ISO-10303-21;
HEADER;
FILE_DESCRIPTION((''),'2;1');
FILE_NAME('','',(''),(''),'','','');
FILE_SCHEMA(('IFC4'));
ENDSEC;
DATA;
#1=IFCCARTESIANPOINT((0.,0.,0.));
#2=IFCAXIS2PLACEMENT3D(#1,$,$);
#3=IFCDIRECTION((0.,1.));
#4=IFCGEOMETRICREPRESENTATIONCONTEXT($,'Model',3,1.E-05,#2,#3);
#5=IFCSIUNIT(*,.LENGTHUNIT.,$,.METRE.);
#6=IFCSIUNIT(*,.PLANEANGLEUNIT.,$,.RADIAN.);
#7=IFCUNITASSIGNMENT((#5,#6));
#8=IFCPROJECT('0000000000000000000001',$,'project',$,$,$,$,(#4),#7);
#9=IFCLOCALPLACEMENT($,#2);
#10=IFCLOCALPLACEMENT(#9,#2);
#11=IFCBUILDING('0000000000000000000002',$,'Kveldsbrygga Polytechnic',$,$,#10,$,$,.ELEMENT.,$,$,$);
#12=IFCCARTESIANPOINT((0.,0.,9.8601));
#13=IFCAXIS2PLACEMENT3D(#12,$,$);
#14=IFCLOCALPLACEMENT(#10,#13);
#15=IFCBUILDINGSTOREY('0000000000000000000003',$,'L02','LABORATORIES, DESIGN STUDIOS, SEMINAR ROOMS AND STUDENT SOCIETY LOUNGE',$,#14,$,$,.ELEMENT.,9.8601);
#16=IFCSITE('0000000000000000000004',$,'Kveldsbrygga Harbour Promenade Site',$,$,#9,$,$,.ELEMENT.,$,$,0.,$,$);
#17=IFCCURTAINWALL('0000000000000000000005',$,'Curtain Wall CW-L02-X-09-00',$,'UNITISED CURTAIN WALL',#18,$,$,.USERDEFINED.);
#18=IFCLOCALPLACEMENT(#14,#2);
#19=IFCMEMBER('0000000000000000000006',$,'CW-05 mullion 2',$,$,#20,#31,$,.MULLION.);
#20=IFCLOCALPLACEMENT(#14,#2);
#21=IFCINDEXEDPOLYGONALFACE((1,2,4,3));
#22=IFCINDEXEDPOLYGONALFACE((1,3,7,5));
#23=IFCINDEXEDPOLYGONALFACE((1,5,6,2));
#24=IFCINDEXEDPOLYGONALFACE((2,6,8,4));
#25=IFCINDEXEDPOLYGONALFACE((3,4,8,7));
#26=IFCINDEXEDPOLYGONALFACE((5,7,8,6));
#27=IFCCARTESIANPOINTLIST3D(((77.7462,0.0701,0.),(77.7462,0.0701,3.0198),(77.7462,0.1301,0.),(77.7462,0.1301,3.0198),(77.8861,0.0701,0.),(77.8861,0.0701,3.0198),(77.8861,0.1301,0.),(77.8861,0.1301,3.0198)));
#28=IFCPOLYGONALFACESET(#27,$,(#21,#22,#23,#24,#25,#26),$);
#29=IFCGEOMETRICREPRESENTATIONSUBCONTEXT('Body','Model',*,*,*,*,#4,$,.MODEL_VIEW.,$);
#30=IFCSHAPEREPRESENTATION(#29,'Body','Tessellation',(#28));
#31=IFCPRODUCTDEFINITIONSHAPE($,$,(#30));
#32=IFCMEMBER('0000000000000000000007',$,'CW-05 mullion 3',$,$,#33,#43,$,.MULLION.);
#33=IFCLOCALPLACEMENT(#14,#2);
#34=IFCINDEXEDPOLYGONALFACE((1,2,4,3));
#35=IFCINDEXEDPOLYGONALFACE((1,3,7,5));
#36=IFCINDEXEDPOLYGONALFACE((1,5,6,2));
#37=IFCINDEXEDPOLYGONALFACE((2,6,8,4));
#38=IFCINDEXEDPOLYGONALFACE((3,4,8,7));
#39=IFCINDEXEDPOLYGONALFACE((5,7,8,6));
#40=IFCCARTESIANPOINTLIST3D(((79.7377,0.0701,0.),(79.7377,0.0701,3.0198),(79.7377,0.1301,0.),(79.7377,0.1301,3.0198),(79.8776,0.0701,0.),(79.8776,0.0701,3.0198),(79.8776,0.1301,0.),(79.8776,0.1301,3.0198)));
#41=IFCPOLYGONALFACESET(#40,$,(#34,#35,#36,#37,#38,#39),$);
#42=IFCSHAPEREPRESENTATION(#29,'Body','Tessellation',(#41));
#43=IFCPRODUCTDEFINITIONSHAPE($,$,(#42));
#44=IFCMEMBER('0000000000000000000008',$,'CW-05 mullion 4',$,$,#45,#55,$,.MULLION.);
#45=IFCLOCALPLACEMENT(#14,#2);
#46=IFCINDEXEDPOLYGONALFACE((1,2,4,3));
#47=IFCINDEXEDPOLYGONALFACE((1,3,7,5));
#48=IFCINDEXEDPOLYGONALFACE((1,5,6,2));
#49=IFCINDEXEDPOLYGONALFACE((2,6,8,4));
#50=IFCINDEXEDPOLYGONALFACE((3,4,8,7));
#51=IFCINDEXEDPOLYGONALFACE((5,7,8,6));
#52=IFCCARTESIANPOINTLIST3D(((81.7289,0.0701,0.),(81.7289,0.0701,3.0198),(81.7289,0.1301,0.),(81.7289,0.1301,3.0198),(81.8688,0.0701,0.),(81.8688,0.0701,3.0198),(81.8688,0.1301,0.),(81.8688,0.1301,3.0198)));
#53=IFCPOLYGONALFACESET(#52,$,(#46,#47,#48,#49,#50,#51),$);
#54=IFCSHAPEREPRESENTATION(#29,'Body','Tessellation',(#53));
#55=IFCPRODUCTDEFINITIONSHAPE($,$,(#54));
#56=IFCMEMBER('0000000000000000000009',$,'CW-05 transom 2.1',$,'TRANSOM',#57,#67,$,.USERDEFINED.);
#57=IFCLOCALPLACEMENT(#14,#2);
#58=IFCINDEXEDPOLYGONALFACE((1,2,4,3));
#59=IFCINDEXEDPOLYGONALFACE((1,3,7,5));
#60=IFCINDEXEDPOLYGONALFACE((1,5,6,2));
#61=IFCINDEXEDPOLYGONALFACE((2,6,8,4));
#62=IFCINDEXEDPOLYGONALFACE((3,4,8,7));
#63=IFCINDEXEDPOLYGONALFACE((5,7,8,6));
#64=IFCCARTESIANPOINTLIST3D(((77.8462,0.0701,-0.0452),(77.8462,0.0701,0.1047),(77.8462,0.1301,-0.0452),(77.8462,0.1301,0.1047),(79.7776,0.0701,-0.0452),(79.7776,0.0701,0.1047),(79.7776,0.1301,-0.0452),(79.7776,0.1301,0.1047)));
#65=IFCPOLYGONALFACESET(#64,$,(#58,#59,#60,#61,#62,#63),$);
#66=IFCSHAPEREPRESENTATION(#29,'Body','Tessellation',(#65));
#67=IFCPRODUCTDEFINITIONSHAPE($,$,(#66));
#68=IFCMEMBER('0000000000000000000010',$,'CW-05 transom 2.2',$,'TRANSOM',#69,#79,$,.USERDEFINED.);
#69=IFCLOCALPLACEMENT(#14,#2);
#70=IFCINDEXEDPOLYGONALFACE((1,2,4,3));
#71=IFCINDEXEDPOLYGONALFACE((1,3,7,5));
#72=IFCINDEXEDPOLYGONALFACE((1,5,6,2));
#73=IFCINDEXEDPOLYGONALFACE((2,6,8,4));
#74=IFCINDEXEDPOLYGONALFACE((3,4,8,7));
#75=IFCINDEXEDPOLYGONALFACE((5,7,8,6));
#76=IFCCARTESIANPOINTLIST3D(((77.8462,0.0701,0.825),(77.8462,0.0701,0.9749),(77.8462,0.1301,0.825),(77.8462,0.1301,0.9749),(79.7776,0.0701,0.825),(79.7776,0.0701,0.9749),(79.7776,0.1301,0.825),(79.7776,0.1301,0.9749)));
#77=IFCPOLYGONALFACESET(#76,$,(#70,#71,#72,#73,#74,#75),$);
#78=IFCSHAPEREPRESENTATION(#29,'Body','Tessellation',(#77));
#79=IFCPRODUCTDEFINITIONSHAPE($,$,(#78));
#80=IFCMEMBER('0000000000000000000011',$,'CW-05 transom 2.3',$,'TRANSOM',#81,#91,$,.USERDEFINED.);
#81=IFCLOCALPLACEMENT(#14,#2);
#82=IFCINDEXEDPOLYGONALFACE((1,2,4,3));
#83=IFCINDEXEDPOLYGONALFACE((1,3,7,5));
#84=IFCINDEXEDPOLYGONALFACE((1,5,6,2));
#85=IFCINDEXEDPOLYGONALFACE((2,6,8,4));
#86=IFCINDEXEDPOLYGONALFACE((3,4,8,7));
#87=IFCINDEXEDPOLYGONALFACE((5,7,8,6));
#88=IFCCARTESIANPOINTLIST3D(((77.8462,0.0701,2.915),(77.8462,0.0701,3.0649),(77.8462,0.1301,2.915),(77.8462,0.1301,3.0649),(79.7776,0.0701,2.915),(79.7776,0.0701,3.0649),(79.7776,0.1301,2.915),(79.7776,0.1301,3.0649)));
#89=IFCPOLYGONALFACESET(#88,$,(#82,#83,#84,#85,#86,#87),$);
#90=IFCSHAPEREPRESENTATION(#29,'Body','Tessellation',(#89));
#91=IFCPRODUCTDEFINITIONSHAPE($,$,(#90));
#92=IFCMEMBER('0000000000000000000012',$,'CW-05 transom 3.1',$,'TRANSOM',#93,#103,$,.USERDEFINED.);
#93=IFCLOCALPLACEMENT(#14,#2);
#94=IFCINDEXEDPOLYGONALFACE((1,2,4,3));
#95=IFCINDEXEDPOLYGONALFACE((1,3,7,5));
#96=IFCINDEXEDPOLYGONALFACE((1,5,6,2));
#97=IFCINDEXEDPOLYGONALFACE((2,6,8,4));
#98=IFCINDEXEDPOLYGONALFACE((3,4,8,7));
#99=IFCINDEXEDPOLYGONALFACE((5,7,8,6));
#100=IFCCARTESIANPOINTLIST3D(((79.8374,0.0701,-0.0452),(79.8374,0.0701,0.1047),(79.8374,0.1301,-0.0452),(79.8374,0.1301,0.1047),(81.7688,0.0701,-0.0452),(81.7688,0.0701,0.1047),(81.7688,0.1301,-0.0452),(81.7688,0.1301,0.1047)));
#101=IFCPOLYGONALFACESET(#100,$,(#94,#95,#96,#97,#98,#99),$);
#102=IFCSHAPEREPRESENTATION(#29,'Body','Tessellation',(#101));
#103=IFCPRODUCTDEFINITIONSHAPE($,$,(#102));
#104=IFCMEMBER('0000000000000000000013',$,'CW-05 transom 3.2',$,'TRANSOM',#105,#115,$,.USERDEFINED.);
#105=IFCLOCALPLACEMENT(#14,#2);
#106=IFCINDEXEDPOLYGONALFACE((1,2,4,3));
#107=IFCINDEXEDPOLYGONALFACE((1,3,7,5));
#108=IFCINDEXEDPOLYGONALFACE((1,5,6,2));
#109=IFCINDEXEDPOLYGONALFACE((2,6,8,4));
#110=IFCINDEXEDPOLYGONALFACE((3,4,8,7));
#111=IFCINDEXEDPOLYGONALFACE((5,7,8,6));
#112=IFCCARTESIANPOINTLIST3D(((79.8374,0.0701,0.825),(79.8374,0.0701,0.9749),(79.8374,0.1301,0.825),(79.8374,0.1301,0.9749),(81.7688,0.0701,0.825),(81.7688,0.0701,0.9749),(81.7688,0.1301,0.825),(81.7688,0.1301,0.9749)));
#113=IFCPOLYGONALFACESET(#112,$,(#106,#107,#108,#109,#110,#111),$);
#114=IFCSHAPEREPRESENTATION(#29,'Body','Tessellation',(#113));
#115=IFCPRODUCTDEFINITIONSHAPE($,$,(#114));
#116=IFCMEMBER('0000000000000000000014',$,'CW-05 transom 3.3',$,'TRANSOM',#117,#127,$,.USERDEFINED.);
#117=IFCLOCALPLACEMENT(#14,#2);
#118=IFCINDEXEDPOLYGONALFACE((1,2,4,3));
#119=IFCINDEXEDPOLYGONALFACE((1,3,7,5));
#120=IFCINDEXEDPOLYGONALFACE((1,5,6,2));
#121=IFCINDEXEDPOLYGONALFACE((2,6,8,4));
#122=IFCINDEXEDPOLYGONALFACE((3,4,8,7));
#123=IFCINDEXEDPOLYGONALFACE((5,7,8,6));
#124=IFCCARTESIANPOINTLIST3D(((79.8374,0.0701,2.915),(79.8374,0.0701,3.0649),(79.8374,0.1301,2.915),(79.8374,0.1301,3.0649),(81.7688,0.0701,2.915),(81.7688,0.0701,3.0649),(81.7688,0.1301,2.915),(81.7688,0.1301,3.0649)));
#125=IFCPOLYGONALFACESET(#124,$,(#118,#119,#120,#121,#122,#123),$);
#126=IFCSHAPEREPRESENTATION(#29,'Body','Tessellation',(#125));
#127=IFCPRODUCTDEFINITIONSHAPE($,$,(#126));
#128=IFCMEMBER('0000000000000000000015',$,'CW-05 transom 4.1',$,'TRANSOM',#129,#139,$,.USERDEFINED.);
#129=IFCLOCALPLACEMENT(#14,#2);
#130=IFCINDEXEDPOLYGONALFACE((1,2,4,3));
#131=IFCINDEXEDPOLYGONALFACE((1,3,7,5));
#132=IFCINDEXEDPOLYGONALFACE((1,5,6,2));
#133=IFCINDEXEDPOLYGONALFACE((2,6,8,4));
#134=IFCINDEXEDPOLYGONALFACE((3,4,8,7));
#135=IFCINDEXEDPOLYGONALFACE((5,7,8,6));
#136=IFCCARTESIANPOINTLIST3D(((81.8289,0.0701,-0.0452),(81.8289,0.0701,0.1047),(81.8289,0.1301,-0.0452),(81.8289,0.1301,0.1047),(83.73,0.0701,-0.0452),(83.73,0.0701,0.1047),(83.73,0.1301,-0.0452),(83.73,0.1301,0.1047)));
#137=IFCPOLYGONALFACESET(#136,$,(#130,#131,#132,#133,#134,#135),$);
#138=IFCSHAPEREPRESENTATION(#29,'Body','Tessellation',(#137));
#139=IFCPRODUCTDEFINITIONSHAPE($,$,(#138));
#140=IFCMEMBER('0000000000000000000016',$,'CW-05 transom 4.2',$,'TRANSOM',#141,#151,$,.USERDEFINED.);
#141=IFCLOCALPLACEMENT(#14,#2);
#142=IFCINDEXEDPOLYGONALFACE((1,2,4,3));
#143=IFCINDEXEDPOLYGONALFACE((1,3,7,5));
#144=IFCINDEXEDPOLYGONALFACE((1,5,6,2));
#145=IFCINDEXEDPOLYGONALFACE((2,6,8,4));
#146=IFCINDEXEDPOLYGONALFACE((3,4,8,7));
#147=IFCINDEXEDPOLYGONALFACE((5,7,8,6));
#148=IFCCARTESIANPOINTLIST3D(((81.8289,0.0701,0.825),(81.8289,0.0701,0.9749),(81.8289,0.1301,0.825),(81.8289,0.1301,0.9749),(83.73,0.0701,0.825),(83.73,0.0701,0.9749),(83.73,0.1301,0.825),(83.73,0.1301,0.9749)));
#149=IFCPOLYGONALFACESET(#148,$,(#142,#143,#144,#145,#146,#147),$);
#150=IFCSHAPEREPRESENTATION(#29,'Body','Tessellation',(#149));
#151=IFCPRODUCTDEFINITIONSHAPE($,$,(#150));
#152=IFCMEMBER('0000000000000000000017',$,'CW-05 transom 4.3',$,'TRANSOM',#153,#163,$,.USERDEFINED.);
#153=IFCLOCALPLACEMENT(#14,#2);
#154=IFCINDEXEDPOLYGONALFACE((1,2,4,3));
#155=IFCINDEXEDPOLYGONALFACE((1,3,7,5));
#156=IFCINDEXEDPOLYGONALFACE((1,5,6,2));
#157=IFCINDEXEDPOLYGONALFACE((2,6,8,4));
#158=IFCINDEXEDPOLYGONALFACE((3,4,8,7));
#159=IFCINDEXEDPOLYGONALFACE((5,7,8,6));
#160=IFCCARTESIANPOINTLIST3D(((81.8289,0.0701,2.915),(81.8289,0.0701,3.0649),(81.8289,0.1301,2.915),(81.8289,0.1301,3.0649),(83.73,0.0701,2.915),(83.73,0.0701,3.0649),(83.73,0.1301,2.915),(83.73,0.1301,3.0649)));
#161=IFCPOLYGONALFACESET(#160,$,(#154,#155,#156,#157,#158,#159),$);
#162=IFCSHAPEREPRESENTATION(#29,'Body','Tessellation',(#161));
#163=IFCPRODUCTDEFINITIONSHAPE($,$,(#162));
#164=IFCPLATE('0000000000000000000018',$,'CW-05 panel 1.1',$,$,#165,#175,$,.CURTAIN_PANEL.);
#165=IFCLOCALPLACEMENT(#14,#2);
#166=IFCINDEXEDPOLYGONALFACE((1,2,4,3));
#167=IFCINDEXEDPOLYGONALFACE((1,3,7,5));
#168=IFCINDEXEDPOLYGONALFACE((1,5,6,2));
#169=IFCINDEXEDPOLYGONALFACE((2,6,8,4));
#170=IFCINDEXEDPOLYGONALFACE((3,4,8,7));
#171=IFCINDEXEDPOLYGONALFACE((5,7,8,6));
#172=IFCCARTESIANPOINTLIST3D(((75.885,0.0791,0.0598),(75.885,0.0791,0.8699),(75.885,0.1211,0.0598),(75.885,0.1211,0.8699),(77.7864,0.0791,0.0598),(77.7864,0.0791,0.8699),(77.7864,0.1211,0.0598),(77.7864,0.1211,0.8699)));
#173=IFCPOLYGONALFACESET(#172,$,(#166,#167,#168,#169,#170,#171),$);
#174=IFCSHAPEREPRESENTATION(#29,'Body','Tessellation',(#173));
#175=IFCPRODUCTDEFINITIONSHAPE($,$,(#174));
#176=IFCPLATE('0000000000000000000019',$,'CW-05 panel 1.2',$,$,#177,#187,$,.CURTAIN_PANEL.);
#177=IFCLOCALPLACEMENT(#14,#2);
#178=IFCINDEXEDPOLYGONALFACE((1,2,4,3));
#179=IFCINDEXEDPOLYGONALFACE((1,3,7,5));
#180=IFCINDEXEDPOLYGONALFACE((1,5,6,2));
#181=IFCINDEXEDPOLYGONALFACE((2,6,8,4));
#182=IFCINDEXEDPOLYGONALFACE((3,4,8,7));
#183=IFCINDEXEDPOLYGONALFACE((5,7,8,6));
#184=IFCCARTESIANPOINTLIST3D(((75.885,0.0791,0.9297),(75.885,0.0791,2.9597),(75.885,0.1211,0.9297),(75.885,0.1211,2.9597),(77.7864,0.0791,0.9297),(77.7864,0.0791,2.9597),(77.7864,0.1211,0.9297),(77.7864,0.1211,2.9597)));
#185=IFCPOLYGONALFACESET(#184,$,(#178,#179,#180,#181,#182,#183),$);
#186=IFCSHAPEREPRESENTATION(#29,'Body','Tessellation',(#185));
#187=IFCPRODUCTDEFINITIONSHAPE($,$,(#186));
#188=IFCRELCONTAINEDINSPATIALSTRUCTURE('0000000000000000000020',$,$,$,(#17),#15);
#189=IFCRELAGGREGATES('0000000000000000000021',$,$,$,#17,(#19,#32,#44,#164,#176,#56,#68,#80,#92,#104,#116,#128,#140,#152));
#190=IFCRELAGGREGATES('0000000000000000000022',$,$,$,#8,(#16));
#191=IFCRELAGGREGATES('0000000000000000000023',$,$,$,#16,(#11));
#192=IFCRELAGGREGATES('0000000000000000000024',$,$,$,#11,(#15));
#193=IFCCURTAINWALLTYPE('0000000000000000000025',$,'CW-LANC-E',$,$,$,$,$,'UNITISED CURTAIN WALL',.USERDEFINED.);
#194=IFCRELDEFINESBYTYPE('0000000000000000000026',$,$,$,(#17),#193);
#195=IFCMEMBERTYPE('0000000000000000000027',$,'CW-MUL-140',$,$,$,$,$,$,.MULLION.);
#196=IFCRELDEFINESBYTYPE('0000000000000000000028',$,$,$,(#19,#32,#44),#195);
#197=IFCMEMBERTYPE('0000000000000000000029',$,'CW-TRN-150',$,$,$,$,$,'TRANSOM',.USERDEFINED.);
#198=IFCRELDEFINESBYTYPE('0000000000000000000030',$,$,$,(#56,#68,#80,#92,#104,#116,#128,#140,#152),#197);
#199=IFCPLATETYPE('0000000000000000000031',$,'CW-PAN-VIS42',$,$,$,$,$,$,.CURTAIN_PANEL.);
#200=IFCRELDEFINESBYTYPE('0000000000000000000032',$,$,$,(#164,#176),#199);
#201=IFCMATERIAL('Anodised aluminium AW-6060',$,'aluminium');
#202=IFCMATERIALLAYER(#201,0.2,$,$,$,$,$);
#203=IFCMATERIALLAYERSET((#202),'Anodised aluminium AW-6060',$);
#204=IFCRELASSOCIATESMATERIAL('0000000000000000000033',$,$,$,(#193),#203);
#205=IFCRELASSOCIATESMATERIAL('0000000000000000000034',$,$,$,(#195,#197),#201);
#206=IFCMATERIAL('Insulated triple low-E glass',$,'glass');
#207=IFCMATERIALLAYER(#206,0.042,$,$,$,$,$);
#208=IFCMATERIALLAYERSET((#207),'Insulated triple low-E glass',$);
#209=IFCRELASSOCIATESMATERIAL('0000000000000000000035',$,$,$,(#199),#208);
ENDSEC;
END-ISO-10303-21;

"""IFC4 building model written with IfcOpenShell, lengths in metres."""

from ifc_helpers import new_model, si_unit, direction, frame, origin, origin_2d, place, context, subcontext, project, spatial, rectangle, extrude, material, layer, layer_set, material_profile, profile_set, type_object, element, aggregate, save


model = new_model("IFC4")

# Units and contexts
model_context = context("Model", 3, precision=1e-05, world=origin(), true_north=direction((0.0, 1.0)))
body_context = subcontext(model_context, "Body", "Model", "MODEL_VIEW")
ifc_project = project(units=[si_unit("LENGTHUNIT", "METRE"), si_unit("PLANEANGLEUNIT", "RADIAN")], contexts=[model_context])

# Site, building, storey
site_placement = place(None, origin())
site = spatial("IfcSite", under=ifc_project, at=site_placement, Name="Kveldsbrygga Harbour Promenade Site", CompositionType="ELEMENT", RefElevation=0.0)
building_placement = place(site_placement, origin())
building = spatial("IfcBuilding", under=site, at=building_placement, Name="Kveldsbrygga Polytechnic", CompositionType="ELEMENT")
storey_placement = place(building_placement, frame((0.0, 0.0, 9.8601)))
storey = spatial("IfcBuildingStorey", under=building, at=storey_placement, Name="L02", Description="LABORATORIES, DESIGN STUDIOS, SEMINAR ROOMS AND STUDENT SOCIETY LOUNGE", CompositionType="ELEMENT", Elevation=9.8601)

# Curtain wall, members, plates
ifc_material_1 = material(Name="Anodised aluminium AW-6060", Category="aluminium")
ifc_layer_1 = layer(ifc_material_1, 0.2)
ifc_layer_set_1 = layer_set([ifc_layer_1], Name="Anodised aluminium AW-6060")
curtain_wall_type = type_object("IfcCurtainWallType", Name="CW-LANC-E", ElementType="UNITISED CURTAIN WALL", PredefinedType="USERDEFINED", material=ifc_layer_set_1)
curtain_wall_placement = place(storey_placement, origin())
curtain_wall = element("IfcCurtainWall", 1, at=curtain_wall_placement, inside=storey, type_object=curtain_wall_type, Name="Curtain Wall CW-L02-X-09-00", ObjectType="UNITISED CURTAIN WALL", PredefinedType="USERDEFINED")
ifc_material_profile_1 = material_profile(ifc_material_1, rectangle(XDim=0.0601, YDim=0.1399, at=origin_2d()), Name="ALU 60x140")
ifc_profile_set_1 = profile_set([ifc_material_profile_1], Name="Anodised aluminium AW-6060")
member_type_1 = type_object("IfcMemberType", Name="CW-MUL-140", PredefinedType="MULLION", material=ifc_profile_set_1)
member_1_placement = place(storey_placement, frame((77.8162, 0.1001, 0.0), z_axis=(0.0, 0.0, 1.0), x_axis=(0.0, 1.0, 0.0)))
member_1 = element("IfcMember", 2, at=member_1_placement, type_object=member_type_1, Name="CW-05 mullion 2", PredefinedType="MULLION", context=body_context, shape_type="SweptSolid", body=[
    extrude(rectangle(XDim=0.0601, YDim=0.1399, at=origin_2d()), origin(), (0.0, 0.0, 1.0), 3.0198),
])
member_2_placement = place(storey_placement, frame((79.8076, 0.1001, 0.0), z_axis=(0.0, 0.0, 1.0), x_axis=(0.0, 1.0, 0.0)))
member_2 = element("IfcMember", 3, at=member_2_placement, type_object=member_type_1, Name="CW-05 mullion 3", PredefinedType="MULLION", context=body_context, shape_type="SweptSolid", body=[
    extrude(rectangle(XDim=0.0601, YDim=0.1399, at=origin_2d()), origin(), (0.0, 0.0, 1.0), 3.0198),
])
member_3_placement = place(storey_placement, frame((81.7988, 0.1001, 0.0), z_axis=(0.0, 0.0, 1.0), x_axis=(0.0, 1.0, 0.0)))
member_3 = element("IfcMember", 4, at=member_3_placement, type_object=member_type_1, Name="CW-05 mullion 4", PredefinedType="MULLION", context=body_context, shape_type="SweptSolid", body=[
    extrude(rectangle(XDim=0.0601, YDim=0.1399, at=origin_2d()), origin(), (0.0, 0.0, 1.0), 3.0198),
])
ifc_material_profile_2 = material_profile(ifc_material_1, rectangle(XDim=0.0601, YDim=0.1499, at=origin_2d()), Name="ALU 60x150")
ifc_profile_set_2 = profile_set([ifc_material_profile_2], Name="Anodised aluminium AW-6060")
member_type_2 = type_object("IfcMemberType", Name="CW-TRN-150", ElementType="TRANSOM", PredefinedType="USERDEFINED", material=ifc_profile_set_2)
member_4_placement = place(storey_placement, frame((77.8462, 0.1001, 0.0298), z_axis=(1.0, 0.0, 0.0), x_axis=(0.0, 1.0, 0.0)))
member_4 = element("IfcMember", 5, at=member_4_placement, type_object=member_type_2, Name="CW-05 transom 2.1", ObjectType="TRANSOM", PredefinedType="USERDEFINED", context=body_context, shape_type="SweptSolid", body=[
    extrude(rectangle(XDim=0.0601, YDim=0.1499, at=origin_2d()), origin(), (0.0, 0.0, 1.0), 1.9314),
])
member_5_placement = place(storey_placement, frame((77.8462, 0.1001, 0.8999), z_axis=(1.0, 0.0, 0.0), x_axis=(0.0, 1.0, 0.0)))
member_5 = element("IfcMember", 6, at=member_5_placement, type_object=member_type_2, Name="CW-05 transom 2.2", ObjectType="TRANSOM", PredefinedType="USERDEFINED", context=body_context, shape_type="SweptSolid", body=[
    extrude(rectangle(XDim=0.0601, YDim=0.1499, at=origin_2d()), origin(), (0.0, 0.0, 1.0), 1.9314),
])
member_6_placement = place(storey_placement, frame((77.8462, 0.1001, 2.99), z_axis=(1.0, 0.0, 0.0), x_axis=(0.0, 1.0, 0.0)))
member_6 = element("IfcMember", 7, at=member_6_placement, type_object=member_type_2, Name="CW-05 transom 2.3", ObjectType="TRANSOM", PredefinedType="USERDEFINED", context=body_context, shape_type="SweptSolid", body=[
    extrude(rectangle(XDim=0.0601, YDim=0.1499, at=origin_2d()), origin(), (0.0, 0.0, 1.0), 1.9314),
])
member_7_placement = place(storey_placement, frame((79.8374, 0.1001, 0.0298), z_axis=(1.0, 0.0, 0.0), x_axis=(0.0, 1.0, 0.0)))
member_7 = element("IfcMember", 8, at=member_7_placement, type_object=member_type_2, Name="CW-05 transom 3.1", ObjectType="TRANSOM", PredefinedType="USERDEFINED", context=body_context, shape_type="SweptSolid", body=[
    extrude(rectangle(XDim=0.0601, YDim=0.1499, at=origin_2d()), origin(), (0.0, 0.0, 1.0), 1.9314),
])
member_8_placement = place(storey_placement, frame((79.8374, 0.1001, 0.8999), z_axis=(1.0, 0.0, 0.0), x_axis=(0.0, 1.0, 0.0)))
member_8 = element("IfcMember", 9, at=member_8_placement, type_object=member_type_2, Name="CW-05 transom 3.2", ObjectType="TRANSOM", PredefinedType="USERDEFINED", context=body_context, shape_type="SweptSolid", body=[
    extrude(rectangle(XDim=0.0601, YDim=0.1499, at=origin_2d()), origin(), (0.0, 0.0, 1.0), 1.9314),
])
member_9_placement = place(storey_placement, frame((79.8374, 0.1001, 2.99), z_axis=(1.0, 0.0, 0.0), x_axis=(0.0, 1.0, 0.0)))
member_9 = element("IfcMember", 10, at=member_9_placement, type_object=member_type_2, Name="CW-05 transom 3.3", ObjectType="TRANSOM", PredefinedType="USERDEFINED", context=body_context, shape_type="SweptSolid", body=[
    extrude(rectangle(XDim=0.0601, YDim=0.1499, at=origin_2d()), origin(), (0.0, 0.0, 1.0), 1.9314),
])
member_10_placement = place(storey_placement, frame((81.8289, 0.1001, 0.0298), z_axis=(1.0, 0.0, 0.0), x_axis=(0.0, 1.0, 0.0)))
member_10 = element("IfcMember", 11, at=member_10_placement, type_object=member_type_2, Name="CW-05 transom 4.1", ObjectType="TRANSOM", PredefinedType="USERDEFINED", context=body_context, shape_type="SweptSolid", body=[
    extrude(rectangle(XDim=0.0601, YDim=0.1499, at=origin_2d()), origin(), (0.0, 0.0, 1.0), 1.9011),
])
member_11_placement = place(storey_placement, frame((81.8289, 0.1001, 0.8999), z_axis=(1.0, 0.0, 0.0), x_axis=(0.0, 1.0, 0.0)))
member_11 = element("IfcMember", 12, at=member_11_placement, type_object=member_type_2, Name="CW-05 transom 4.2", ObjectType="TRANSOM", PredefinedType="USERDEFINED", context=body_context, shape_type="SweptSolid", body=[
    extrude(rectangle(XDim=0.0601, YDim=0.1499, at=origin_2d()), origin(), (0.0, 0.0, 1.0), 1.9011),
])
member_12_placement = place(storey_placement, frame((81.8289, 0.1001, 2.99), z_axis=(1.0, 0.0, 0.0), x_axis=(0.0, 1.0, 0.0)))
member_12 = element("IfcMember", 13, at=member_12_placement, type_object=member_type_2, Name="CW-05 transom 4.3", ObjectType="TRANSOM", PredefinedType="USERDEFINED", context=body_context, shape_type="SweptSolid", body=[
    extrude(rectangle(XDim=0.0601, YDim=0.1499, at=origin_2d()), origin(), (0.0, 0.0, 1.0), 1.9011),
])
ifc_material_2 = material(Name="Insulated triple low-E glass", Category="glass")
ifc_layer_2 = layer(ifc_material_2, 0.042)
ifc_layer_set_2 = layer_set([ifc_layer_2], Name="Insulated triple low-E glass")
plate_type = type_object("IfcPlateType", Name="CW-PAN-VIS42", PredefinedType="CURTAIN_PANEL", material=ifc_layer_set_2)
plate_1_placement = place(storey_placement, frame((76.8357, 0.1001, 0.0598), z_axis=(0.0, 0.0, 1.0), x_axis=(1.0, 0.0, 0.0)))
plate_1 = element("IfcPlate", 14, at=plate_1_placement, type_object=plate_type, Name="CW-05 panel 1.1", PredefinedType="CURTAIN_PANEL", context=body_context, shape_type="SweptSolid", body=[
    extrude(rectangle(XDim=1.9014, YDim=0.042, at=origin_2d()), origin(), (0.0, 0.0, 1.0), 0.8101),
])
plate_2_placement = place(storey_placement, frame((76.8357, 0.1001, 0.9297), z_axis=(0.0, 0.0, 1.0), x_axis=(1.0, 0.0, 0.0)))
plate_2 = element("IfcPlate", 15, at=plate_2_placement, type_object=plate_type, Name="CW-05 panel 1.2", PredefinedType="CURTAIN_PANEL", context=body_context, shape_type="SweptSolid", body=[
    extrude(rectangle(XDim=1.9014, YDim=0.042, at=origin_2d()), origin(), (0.0, 0.0, 1.0), 2.03),
])
aggregate(curtain_wall, [member_1, member_2, member_3, plate_1, plate_2, member_4, member_5, member_6, member_7, member_8, member_9, member_10, member_11, member_12])

save(model, "model.ifc")
